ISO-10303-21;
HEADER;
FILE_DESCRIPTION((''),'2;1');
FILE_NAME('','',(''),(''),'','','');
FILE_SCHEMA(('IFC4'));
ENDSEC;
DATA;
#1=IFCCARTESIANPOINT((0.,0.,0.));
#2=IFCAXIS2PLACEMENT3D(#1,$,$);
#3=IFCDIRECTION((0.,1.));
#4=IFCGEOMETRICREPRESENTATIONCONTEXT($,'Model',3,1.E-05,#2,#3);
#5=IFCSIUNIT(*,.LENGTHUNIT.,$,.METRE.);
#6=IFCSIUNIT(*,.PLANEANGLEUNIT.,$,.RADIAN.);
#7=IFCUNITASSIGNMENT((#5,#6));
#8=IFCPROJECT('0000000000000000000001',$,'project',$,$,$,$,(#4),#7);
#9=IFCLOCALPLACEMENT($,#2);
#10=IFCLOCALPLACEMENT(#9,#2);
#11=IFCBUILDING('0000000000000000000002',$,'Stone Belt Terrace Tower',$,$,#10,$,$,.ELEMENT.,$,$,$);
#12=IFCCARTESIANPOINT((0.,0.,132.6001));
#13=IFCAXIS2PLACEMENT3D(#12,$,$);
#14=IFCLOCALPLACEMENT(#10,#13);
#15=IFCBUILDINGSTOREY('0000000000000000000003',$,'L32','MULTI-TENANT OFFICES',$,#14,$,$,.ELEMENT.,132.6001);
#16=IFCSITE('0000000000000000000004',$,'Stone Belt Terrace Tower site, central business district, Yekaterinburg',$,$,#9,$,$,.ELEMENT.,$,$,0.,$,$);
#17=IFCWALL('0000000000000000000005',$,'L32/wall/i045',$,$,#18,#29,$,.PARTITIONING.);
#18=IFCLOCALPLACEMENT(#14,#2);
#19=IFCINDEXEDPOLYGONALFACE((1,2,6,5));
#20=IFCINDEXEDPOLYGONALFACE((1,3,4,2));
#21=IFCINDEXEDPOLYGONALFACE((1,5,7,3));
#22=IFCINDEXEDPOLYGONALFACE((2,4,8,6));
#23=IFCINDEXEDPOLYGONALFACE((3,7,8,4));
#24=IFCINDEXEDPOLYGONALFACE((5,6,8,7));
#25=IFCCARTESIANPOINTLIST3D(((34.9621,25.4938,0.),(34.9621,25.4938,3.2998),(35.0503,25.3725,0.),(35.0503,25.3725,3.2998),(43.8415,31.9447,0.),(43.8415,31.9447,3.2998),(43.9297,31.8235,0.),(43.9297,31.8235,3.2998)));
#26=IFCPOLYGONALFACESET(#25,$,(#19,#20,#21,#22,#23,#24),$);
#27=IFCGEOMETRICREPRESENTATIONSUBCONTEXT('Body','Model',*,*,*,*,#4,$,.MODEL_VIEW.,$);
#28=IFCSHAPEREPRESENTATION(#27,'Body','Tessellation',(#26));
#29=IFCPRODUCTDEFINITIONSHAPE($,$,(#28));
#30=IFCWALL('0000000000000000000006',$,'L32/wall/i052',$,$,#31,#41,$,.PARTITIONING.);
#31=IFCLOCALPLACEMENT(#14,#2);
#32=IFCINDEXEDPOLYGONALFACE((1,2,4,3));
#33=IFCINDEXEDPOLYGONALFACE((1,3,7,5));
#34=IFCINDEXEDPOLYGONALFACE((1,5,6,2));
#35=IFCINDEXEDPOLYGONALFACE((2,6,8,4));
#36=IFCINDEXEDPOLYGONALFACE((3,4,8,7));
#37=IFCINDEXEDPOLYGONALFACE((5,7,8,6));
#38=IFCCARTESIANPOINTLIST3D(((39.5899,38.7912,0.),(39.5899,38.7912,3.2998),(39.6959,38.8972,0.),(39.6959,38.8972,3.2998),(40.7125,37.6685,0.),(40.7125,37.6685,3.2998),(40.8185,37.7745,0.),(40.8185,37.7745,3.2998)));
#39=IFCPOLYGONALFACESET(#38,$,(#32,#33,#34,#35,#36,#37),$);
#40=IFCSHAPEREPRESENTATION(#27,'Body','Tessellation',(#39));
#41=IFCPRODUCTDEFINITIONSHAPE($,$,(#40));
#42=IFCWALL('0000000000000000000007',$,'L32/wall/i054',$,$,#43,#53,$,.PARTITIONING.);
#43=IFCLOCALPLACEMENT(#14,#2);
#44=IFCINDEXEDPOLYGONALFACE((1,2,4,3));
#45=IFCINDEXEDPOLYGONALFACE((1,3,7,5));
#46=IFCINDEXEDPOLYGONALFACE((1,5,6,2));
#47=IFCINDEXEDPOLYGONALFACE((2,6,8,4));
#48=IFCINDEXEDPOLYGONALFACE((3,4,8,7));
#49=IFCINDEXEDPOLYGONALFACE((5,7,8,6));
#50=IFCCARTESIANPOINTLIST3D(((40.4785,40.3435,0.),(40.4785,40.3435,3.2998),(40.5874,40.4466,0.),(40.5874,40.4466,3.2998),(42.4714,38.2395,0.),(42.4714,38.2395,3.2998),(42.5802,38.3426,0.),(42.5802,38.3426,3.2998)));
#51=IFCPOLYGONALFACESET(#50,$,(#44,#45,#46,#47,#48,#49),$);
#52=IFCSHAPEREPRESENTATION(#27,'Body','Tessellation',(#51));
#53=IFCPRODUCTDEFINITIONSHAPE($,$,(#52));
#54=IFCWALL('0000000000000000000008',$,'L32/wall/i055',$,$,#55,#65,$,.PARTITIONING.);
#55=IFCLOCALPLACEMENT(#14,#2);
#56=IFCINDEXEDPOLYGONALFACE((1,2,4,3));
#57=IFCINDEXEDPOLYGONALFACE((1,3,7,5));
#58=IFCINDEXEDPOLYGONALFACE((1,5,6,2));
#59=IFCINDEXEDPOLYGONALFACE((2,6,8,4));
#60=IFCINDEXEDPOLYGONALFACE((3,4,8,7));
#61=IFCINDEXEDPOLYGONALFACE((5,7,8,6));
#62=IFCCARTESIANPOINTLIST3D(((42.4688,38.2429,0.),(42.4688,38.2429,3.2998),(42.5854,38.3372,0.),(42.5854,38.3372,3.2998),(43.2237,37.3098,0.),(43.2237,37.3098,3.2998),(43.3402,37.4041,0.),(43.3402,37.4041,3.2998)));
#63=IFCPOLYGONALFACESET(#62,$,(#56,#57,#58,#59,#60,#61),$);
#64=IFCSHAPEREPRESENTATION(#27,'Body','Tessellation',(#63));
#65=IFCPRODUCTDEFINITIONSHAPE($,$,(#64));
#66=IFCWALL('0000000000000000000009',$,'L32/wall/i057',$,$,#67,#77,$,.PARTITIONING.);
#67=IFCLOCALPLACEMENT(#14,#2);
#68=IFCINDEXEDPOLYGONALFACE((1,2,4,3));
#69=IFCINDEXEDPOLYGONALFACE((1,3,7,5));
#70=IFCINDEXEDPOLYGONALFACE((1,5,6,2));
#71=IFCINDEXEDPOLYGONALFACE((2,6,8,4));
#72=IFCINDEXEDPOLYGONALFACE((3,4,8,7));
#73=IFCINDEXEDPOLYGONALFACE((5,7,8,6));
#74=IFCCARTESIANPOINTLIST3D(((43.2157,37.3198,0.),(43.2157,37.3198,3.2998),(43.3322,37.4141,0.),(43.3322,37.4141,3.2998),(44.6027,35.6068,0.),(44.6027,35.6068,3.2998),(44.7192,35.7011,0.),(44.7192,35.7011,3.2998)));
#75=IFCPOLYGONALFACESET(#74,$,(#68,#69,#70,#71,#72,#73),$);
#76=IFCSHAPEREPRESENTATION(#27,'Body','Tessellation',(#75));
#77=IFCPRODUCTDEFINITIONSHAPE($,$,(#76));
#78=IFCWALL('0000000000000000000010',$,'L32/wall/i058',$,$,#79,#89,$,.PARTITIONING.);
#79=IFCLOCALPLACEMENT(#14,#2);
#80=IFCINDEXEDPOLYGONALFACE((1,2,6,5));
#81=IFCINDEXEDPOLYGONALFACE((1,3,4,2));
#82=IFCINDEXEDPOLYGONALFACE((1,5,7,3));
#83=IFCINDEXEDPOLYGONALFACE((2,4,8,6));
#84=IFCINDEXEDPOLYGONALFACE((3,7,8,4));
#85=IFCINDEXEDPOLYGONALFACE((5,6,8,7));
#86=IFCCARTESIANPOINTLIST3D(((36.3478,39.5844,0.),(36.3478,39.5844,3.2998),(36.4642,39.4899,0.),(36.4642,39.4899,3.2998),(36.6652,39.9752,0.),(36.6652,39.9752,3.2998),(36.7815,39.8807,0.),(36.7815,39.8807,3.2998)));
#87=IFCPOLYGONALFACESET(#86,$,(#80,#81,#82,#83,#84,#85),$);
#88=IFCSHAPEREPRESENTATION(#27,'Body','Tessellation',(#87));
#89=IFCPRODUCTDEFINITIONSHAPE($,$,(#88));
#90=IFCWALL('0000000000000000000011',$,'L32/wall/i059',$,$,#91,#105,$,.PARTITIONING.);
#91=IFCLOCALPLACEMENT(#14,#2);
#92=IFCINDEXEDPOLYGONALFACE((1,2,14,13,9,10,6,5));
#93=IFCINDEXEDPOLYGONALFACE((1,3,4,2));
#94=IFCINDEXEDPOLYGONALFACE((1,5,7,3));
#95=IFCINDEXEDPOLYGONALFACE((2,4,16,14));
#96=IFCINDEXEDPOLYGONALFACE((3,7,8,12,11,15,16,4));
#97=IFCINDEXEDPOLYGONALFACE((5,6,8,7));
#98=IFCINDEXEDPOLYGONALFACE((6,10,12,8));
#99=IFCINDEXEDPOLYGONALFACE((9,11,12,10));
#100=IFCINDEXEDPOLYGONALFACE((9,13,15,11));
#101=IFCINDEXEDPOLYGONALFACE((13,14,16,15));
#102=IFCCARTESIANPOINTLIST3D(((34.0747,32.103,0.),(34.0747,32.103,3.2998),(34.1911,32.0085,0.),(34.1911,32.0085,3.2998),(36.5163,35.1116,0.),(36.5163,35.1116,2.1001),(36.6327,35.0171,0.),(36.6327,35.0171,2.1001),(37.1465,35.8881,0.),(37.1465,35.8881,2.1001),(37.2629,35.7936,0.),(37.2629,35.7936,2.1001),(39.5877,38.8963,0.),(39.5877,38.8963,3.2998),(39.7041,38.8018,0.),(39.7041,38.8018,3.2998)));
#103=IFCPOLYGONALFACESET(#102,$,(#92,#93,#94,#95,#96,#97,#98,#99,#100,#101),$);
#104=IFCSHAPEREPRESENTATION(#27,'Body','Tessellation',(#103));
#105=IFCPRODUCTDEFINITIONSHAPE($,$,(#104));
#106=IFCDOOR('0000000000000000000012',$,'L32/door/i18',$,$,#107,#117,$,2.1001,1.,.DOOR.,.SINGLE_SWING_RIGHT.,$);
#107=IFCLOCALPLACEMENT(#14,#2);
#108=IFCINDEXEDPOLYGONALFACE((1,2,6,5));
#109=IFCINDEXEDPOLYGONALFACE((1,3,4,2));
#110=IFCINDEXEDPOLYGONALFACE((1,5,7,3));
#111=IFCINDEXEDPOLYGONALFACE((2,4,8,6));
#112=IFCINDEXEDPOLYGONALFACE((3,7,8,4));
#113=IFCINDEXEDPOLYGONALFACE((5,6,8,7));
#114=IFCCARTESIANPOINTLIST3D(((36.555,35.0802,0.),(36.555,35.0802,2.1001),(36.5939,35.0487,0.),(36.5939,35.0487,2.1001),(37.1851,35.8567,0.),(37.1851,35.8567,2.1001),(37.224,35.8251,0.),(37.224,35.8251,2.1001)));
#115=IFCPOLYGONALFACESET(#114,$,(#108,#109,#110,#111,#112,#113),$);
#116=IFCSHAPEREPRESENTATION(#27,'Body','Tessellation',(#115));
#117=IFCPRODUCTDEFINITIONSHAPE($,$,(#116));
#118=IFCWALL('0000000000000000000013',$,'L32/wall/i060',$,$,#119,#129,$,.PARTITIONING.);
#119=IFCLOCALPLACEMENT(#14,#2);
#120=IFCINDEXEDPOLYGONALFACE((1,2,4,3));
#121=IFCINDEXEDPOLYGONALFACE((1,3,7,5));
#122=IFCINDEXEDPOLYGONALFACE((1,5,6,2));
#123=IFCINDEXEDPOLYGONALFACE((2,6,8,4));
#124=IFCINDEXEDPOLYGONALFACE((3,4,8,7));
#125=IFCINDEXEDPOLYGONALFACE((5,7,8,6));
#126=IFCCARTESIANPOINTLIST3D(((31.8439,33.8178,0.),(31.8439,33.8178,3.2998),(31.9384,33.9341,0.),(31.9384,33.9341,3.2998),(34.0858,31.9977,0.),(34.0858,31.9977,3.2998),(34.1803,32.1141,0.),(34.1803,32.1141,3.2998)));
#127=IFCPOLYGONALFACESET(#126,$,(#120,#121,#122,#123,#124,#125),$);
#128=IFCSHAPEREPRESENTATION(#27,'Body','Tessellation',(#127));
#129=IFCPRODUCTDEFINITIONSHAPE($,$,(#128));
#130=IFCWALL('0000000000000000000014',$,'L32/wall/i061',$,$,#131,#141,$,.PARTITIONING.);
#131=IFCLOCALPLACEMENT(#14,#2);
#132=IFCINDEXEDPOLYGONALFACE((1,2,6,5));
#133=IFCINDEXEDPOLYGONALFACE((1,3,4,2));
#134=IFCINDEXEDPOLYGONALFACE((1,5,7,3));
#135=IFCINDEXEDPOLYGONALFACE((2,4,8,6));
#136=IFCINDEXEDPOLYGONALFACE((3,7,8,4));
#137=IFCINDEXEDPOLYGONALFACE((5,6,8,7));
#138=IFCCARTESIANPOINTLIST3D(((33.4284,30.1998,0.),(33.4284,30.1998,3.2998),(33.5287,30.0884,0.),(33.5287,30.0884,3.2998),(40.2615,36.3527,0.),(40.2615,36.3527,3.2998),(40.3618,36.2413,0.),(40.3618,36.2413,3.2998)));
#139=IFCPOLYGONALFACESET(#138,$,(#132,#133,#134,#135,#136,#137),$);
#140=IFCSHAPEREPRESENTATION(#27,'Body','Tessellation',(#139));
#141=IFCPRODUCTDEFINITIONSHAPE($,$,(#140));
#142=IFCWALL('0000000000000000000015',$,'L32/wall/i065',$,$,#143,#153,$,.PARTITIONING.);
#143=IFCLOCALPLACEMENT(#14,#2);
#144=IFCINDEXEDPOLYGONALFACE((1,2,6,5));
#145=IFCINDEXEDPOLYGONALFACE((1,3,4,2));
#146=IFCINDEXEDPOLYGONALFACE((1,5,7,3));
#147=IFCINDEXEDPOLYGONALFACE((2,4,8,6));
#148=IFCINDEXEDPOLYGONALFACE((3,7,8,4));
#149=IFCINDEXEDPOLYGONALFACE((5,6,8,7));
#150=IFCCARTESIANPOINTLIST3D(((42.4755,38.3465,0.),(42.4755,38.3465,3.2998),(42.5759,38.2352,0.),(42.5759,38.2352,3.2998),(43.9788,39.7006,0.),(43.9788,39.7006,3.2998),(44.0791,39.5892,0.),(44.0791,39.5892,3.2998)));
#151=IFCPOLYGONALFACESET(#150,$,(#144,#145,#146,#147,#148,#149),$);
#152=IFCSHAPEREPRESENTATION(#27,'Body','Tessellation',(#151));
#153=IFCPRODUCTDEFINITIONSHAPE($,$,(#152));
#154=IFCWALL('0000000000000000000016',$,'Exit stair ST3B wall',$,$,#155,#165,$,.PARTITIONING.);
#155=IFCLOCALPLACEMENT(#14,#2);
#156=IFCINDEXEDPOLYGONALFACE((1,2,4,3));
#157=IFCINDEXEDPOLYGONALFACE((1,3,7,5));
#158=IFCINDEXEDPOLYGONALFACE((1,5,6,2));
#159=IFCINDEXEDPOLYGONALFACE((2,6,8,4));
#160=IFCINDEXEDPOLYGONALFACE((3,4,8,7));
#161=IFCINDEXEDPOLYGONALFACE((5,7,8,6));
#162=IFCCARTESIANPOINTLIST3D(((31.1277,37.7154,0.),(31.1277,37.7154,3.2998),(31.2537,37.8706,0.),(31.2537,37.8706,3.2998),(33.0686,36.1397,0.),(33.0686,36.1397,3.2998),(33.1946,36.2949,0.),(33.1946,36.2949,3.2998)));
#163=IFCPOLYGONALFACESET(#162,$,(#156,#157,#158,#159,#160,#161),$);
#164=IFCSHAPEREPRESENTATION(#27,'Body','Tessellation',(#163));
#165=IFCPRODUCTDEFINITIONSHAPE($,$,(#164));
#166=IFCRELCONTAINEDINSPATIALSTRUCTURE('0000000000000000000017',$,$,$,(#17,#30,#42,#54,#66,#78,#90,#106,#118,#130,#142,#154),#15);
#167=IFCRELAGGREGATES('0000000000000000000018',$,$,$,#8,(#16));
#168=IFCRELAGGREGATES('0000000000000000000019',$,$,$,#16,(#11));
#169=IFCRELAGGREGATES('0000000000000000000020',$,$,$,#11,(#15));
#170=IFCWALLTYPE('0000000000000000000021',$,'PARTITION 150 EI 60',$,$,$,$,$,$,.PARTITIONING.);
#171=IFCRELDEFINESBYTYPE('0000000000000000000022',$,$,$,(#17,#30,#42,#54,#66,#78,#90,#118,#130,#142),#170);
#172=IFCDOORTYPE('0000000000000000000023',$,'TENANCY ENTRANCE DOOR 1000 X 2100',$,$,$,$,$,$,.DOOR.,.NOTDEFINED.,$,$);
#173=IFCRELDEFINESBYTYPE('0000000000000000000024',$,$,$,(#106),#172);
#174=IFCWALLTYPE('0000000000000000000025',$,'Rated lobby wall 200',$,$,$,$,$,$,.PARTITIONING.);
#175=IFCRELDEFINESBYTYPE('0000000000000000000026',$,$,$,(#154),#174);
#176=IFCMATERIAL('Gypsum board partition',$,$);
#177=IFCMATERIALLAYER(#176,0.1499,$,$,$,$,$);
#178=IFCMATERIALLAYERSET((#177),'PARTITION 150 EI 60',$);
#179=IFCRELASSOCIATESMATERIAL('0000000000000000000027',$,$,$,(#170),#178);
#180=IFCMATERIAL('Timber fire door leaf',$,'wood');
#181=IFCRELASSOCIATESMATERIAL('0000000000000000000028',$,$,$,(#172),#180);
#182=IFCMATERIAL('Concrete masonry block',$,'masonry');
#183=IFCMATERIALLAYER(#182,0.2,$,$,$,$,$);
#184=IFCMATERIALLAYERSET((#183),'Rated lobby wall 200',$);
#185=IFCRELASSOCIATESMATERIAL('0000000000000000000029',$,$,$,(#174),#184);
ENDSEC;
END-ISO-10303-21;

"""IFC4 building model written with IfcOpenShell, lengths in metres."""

from ifc_helpers import new_model, si_unit, direction, frame, frame_2d, origin, place, context, subcontext, project, spatial, rectangle, extrude, material, layer, layer_set, type_object, element, fill, save


model = new_model("IFC4")

# Units and contexts
model_context = context("Model", 3, precision=1e-05, world=origin(), true_north=direction((0.0, 1.0)))
body_context = subcontext(model_context, "Body", "Model", "MODEL_VIEW")
ifc_project = project(units=[si_unit("LENGTHUNIT", "METRE"), si_unit("PLANEANGLEUNIT", "RADIAN")], contexts=[model_context])

# Site, building, storey
site_placement = place(None, origin())
site = spatial("IfcSite", under=ifc_project, at=site_placement, Name="Stone Belt Terrace Tower site, central business district, Yekaterinburg", CompositionType="ELEMENT", RefElevation=0.0)
building_placement = place(site_placement, origin())
building = spatial("IfcBuilding", under=site, at=building_placement, Name="Stone Belt Terrace Tower", CompositionType="ELEMENT")
storey_placement = place(building_placement, frame((0.0, 0.0, 132.6001)))
storey = spatial("IfcBuildingStorey", under=building, at=storey_placement, Name="L32", Description="MULTI-TENANT OFFICES", CompositionType="ELEMENT", Elevation=132.6001)

# Walls
ifc_material_1 = material(Name="Gypsum board partition")
ifc_layer_1 = layer(ifc_material_1, 0.1499)
ifc_layer_set_1 = layer_set([ifc_layer_1], Name="PARTITION 150 EI 60")
wall_type_1 = type_object("IfcWallType", Name="PARTITION 150 EI 60", PredefinedType="PARTITIONING", material=ifc_layer_set_1)
wall_1_placement = place(storey_placement, frame((35.0061, 25.4331, 0.0), z_axis=(0.0, 0.0, 1.0), x_axis=(0.809031, 0.587766, 0.0)))
element("IfcWall", 1, at=wall_1_placement, inside=storey, type_object=wall_type_1, Name="L32/wall/i045", PredefinedType="PARTITIONING", context=body_context, shape_type="SweptSolid", body=[
    extrude(rectangle(XDim=10.9753, YDim=0.1499, at=frame_2d((5.4878, 0.0))), origin(), (0.0, 0.0, 1.0), 3.2998),
])
wall_2_placement = place(storey_placement, frame((40.7656, 37.7214, 0.0), z_axis=(0.0, 0.0, 1.0), x_axis=(-0.707107, 0.707107, 0.0)))
element("IfcWall", 2, at=wall_2_placement, inside=storey, type_object=wall_type_1, Name="L32/wall/i052", PredefinedType="PARTITIONING", context=body_context, shape_type="SweptSolid", body=[
    extrude(rectangle(XDim=1.5876, YDim=0.1499, at=frame_2d((0.7939, 0.0))), origin(), (0.0, 0.0, 1.0), 3.2998),
])
wall_3_placement = place(storey_placement, frame((40.533, 40.395, 0.0), z_axis=(0.0, 0.0, 1.0), x_axis=(0.687682, -0.726012, 0.0)))
element("IfcWall", 3, at=wall_3_placement, inside=storey, type_object=wall_type_1, Name="L32/wall/i054", PredefinedType="PARTITIONING", context=body_context, shape_type="SweptSolid", body=[
    extrude(rectangle(XDim=2.8979, YDim=0.1499, at=frame_2d((1.449, 0.0))), origin(), (0.0, 0.0, 1.0), 3.2998),
])
wall_4_placement = place(storey_placement, frame((42.5271, 38.29, 0.0), z_axis=(0.0, 0.0, 1.0), x_axis=(0.628952, -0.777444, 0.0)))
element("IfcWall", 4, at=wall_4_placement, inside=storey, type_object=wall_type_1, Name="L32/wall/i055", PredefinedType="PARTITIONING", context=body_context, shape_type="SweptSolid", body=[
    extrude(rectangle(XDim=1.2002, YDim=0.1499, at=frame_2d((0.6001, 0.0))), origin(), (0.0, 0.0, 1.0), 3.2998),
])
wall_5_placement = place(storey_placement, frame((43.2739, 37.3669, 0.0), z_axis=(0.0, 0.0, 1.0), x_axis=(0.629291, -0.77717, 0.0)))
element("IfcWall", 5, at=wall_5_placement, inside=storey, type_object=wall_type_1, Name="L32/wall/i057", PredefinedType="PARTITIONING", context=body_context, shape_type="SweptSolid", body=[
    extrude(rectangle(XDim=2.2041, YDim=0.1499, at=frame_2d((1.1021, 0.0))), origin(), (0.0, 0.0, 1.0), 3.2998),
])
wall_6_placement = place(storey_placement, frame((36.406, 39.5371, 0.0), z_axis=(0.0, 0.0, 1.0), x_axis=(0.630355, 0.776307, 0.0)))
element("IfcWall", 6, at=wall_6_placement, inside=storey, type_object=wall_type_1, Name="L32/wall/i058", PredefinedType="PARTITIONING", context=body_context, shape_type="SweptSolid", body=[
    extrude(rectangle(XDim=0.5034, YDim=0.1499, at=frame_2d((0.2517, 0.0))), origin(), (0.0, 0.0, 1.0), 3.2998),
])

# Wall, opening, door
wall_7_placement = place(storey_placement, frame((39.646, 38.8491, 0.0), z_axis=(0.0, 0.0, 1.0), x_axis=(-0.630142, -0.77648, 0.0)))
wall_7 = element("IfcWall", 7, at=wall_7_placement, inside=storey, type_object=wall_type_1, Name="L32/wall/i059", PredefinedType="PARTITIONING", context=body_context, shape_type="SweptSolid", body=[
    extrude(rectangle(XDim=8.7488, YDim=0.1499, at=frame_2d((4.3745, 0.0))), origin(), (0.0, 0.0, 1.0), 3.2998),
])
opening_1_placement = place(wall_7_placement, frame((3.8743, 0.0, 0.0)))
opening_1 = element("IfcOpeningElement", 8, at=opening_1_placement, cuts=wall_7, PredefinedType="OPENING", context=body_context, shape_type="SweptSolid", body=[
    extrude(rectangle(XDim=1.0, YDim=2.1001, at=frame_2d((0.5, 1.05))), frame((0.0, 0.085, 0.0), z_axis=(0.0, -1.0, 0.0), x_axis=(1.0, 0.0, 0.0)), (0.0, 0.0, 1.0), 0.1699),
])
ifc_material_2 = material(Name="Timber fire door leaf", Category="wood")
door_type_1 = type_object("IfcDoorType", Name="TENANCY ENTRANCE DOOR 1000 X 2100", OperationType="NOTDEFINED", PredefinedType="DOOR", material=ifc_material_2)
door_1_placement = place(opening_1_placement, origin())
door_1 = element("IfcDoor", 9, at=door_1_placement, inside=storey, type_object=door_type_1, Name="L32/door/i18", OperationType="SINGLE_SWING_RIGHT", OverallHeight=2.1001, OverallWidth=1.0, PredefinedType="DOOR", context=body_context, shape_type="SweptSolid", body=[
    extrude(rectangle(XDim=1.0, YDim=2.1001, at=frame_2d((0.5, 1.05))), frame((0.0, 0.0249, 0.0), z_axis=(0.0, -1.0, 0.0), x_axis=(1.0, 0.0, 0.0)), (0.0, 0.0, 1.0), 0.05),
])
fill(opening_1, door_1)

# Walls
wall_8_placement = place(storey_placement, frame((34.1331, 32.0559, 0.0), z_axis=(0.0, 0.0, 1.0), x_axis=(-0.77637, 0.630277, 0.0)))
element("IfcWall", 10, at=wall_8_placement, inside=storey, type_object=wall_type_1, Name="L32/wall/i060", PredefinedType="PARTITIONING", context=body_context, shape_type="SweptSolid", body=[
    extrude(rectangle(XDim=2.8877, YDim=0.1499, at=frame_2d((1.4438, 0.0))), origin(), (0.0, 0.0, 1.0), 3.2998),
])
wall_9_placement = place(storey_placement, frame((40.3118, 36.2971, 0.0), z_axis=(0.0, 0.0, 1.0), x_axis=(-0.743125, -0.669152, 0.0)))
element("IfcWall", 11, at=wall_9_placement, inside=storey, type_object=wall_type_1, Name="L32/wall/i061", PredefinedType="PARTITIONING", context=body_context, shape_type="SweptSolid", body=[
    extrude(rectangle(XDim=9.1951, YDim=0.1499, at=frame_2d((4.5977, 0.0))), origin(), (0.0, 0.0, 1.0), 3.2998),
])
wall_10_placement = place(storey_placement, frame((44.0291, 39.645, 0.0), z_axis=(0.0, 0.0, 1.0), x_axis=(-0.743012, -0.669278, 0.0)))
element("IfcWall", 12, at=wall_10_placement, inside=storey, type_object=wall_type_1, Name="L32/wall/i065", PredefinedType="PARTITIONING", context=body_context, shape_type="SweptSolid", body=[
    extrude(rectangle(XDim=2.0232, YDim=0.1499, at=frame_2d((1.0117, 0.0))), origin(), (0.0, 0.0, 1.0), 3.2998),
])
ifc_material_3 = material(Name="Concrete masonry block", Category="masonry")
ifc_layer_2 = layer(ifc_material_3, 0.2)
ifc_layer_set_2 = layer_set([ifc_layer_2], Name="Rated lobby wall 200")
wall_type_2 = type_object("IfcWallType", Name="Rated lobby wall 200", PredefinedType="PARTITIONING", material=ifc_layer_set_2)
wall_11_placement = place(storey_placement, frame((31.1907, 37.793, 0.0), z_axis=(0.0, 0.0, 1.0), x_axis=(0.776371, -0.630276, 0.0)))
element("IfcWall", 13, at=wall_11_placement, inside=storey, type_object=wall_type_2, Name="Exit stair ST3B wall", PredefinedType="PARTITIONING", context=body_context, shape_type="SweptSolid", body=[
    extrude(rectangle(XDim=2.5, YDim=0.2, at=frame_2d((1.25, 0.0))), origin(), (0.0, 0.0, 1.0), 3.2998),
])

save(model, "model.ifc")
